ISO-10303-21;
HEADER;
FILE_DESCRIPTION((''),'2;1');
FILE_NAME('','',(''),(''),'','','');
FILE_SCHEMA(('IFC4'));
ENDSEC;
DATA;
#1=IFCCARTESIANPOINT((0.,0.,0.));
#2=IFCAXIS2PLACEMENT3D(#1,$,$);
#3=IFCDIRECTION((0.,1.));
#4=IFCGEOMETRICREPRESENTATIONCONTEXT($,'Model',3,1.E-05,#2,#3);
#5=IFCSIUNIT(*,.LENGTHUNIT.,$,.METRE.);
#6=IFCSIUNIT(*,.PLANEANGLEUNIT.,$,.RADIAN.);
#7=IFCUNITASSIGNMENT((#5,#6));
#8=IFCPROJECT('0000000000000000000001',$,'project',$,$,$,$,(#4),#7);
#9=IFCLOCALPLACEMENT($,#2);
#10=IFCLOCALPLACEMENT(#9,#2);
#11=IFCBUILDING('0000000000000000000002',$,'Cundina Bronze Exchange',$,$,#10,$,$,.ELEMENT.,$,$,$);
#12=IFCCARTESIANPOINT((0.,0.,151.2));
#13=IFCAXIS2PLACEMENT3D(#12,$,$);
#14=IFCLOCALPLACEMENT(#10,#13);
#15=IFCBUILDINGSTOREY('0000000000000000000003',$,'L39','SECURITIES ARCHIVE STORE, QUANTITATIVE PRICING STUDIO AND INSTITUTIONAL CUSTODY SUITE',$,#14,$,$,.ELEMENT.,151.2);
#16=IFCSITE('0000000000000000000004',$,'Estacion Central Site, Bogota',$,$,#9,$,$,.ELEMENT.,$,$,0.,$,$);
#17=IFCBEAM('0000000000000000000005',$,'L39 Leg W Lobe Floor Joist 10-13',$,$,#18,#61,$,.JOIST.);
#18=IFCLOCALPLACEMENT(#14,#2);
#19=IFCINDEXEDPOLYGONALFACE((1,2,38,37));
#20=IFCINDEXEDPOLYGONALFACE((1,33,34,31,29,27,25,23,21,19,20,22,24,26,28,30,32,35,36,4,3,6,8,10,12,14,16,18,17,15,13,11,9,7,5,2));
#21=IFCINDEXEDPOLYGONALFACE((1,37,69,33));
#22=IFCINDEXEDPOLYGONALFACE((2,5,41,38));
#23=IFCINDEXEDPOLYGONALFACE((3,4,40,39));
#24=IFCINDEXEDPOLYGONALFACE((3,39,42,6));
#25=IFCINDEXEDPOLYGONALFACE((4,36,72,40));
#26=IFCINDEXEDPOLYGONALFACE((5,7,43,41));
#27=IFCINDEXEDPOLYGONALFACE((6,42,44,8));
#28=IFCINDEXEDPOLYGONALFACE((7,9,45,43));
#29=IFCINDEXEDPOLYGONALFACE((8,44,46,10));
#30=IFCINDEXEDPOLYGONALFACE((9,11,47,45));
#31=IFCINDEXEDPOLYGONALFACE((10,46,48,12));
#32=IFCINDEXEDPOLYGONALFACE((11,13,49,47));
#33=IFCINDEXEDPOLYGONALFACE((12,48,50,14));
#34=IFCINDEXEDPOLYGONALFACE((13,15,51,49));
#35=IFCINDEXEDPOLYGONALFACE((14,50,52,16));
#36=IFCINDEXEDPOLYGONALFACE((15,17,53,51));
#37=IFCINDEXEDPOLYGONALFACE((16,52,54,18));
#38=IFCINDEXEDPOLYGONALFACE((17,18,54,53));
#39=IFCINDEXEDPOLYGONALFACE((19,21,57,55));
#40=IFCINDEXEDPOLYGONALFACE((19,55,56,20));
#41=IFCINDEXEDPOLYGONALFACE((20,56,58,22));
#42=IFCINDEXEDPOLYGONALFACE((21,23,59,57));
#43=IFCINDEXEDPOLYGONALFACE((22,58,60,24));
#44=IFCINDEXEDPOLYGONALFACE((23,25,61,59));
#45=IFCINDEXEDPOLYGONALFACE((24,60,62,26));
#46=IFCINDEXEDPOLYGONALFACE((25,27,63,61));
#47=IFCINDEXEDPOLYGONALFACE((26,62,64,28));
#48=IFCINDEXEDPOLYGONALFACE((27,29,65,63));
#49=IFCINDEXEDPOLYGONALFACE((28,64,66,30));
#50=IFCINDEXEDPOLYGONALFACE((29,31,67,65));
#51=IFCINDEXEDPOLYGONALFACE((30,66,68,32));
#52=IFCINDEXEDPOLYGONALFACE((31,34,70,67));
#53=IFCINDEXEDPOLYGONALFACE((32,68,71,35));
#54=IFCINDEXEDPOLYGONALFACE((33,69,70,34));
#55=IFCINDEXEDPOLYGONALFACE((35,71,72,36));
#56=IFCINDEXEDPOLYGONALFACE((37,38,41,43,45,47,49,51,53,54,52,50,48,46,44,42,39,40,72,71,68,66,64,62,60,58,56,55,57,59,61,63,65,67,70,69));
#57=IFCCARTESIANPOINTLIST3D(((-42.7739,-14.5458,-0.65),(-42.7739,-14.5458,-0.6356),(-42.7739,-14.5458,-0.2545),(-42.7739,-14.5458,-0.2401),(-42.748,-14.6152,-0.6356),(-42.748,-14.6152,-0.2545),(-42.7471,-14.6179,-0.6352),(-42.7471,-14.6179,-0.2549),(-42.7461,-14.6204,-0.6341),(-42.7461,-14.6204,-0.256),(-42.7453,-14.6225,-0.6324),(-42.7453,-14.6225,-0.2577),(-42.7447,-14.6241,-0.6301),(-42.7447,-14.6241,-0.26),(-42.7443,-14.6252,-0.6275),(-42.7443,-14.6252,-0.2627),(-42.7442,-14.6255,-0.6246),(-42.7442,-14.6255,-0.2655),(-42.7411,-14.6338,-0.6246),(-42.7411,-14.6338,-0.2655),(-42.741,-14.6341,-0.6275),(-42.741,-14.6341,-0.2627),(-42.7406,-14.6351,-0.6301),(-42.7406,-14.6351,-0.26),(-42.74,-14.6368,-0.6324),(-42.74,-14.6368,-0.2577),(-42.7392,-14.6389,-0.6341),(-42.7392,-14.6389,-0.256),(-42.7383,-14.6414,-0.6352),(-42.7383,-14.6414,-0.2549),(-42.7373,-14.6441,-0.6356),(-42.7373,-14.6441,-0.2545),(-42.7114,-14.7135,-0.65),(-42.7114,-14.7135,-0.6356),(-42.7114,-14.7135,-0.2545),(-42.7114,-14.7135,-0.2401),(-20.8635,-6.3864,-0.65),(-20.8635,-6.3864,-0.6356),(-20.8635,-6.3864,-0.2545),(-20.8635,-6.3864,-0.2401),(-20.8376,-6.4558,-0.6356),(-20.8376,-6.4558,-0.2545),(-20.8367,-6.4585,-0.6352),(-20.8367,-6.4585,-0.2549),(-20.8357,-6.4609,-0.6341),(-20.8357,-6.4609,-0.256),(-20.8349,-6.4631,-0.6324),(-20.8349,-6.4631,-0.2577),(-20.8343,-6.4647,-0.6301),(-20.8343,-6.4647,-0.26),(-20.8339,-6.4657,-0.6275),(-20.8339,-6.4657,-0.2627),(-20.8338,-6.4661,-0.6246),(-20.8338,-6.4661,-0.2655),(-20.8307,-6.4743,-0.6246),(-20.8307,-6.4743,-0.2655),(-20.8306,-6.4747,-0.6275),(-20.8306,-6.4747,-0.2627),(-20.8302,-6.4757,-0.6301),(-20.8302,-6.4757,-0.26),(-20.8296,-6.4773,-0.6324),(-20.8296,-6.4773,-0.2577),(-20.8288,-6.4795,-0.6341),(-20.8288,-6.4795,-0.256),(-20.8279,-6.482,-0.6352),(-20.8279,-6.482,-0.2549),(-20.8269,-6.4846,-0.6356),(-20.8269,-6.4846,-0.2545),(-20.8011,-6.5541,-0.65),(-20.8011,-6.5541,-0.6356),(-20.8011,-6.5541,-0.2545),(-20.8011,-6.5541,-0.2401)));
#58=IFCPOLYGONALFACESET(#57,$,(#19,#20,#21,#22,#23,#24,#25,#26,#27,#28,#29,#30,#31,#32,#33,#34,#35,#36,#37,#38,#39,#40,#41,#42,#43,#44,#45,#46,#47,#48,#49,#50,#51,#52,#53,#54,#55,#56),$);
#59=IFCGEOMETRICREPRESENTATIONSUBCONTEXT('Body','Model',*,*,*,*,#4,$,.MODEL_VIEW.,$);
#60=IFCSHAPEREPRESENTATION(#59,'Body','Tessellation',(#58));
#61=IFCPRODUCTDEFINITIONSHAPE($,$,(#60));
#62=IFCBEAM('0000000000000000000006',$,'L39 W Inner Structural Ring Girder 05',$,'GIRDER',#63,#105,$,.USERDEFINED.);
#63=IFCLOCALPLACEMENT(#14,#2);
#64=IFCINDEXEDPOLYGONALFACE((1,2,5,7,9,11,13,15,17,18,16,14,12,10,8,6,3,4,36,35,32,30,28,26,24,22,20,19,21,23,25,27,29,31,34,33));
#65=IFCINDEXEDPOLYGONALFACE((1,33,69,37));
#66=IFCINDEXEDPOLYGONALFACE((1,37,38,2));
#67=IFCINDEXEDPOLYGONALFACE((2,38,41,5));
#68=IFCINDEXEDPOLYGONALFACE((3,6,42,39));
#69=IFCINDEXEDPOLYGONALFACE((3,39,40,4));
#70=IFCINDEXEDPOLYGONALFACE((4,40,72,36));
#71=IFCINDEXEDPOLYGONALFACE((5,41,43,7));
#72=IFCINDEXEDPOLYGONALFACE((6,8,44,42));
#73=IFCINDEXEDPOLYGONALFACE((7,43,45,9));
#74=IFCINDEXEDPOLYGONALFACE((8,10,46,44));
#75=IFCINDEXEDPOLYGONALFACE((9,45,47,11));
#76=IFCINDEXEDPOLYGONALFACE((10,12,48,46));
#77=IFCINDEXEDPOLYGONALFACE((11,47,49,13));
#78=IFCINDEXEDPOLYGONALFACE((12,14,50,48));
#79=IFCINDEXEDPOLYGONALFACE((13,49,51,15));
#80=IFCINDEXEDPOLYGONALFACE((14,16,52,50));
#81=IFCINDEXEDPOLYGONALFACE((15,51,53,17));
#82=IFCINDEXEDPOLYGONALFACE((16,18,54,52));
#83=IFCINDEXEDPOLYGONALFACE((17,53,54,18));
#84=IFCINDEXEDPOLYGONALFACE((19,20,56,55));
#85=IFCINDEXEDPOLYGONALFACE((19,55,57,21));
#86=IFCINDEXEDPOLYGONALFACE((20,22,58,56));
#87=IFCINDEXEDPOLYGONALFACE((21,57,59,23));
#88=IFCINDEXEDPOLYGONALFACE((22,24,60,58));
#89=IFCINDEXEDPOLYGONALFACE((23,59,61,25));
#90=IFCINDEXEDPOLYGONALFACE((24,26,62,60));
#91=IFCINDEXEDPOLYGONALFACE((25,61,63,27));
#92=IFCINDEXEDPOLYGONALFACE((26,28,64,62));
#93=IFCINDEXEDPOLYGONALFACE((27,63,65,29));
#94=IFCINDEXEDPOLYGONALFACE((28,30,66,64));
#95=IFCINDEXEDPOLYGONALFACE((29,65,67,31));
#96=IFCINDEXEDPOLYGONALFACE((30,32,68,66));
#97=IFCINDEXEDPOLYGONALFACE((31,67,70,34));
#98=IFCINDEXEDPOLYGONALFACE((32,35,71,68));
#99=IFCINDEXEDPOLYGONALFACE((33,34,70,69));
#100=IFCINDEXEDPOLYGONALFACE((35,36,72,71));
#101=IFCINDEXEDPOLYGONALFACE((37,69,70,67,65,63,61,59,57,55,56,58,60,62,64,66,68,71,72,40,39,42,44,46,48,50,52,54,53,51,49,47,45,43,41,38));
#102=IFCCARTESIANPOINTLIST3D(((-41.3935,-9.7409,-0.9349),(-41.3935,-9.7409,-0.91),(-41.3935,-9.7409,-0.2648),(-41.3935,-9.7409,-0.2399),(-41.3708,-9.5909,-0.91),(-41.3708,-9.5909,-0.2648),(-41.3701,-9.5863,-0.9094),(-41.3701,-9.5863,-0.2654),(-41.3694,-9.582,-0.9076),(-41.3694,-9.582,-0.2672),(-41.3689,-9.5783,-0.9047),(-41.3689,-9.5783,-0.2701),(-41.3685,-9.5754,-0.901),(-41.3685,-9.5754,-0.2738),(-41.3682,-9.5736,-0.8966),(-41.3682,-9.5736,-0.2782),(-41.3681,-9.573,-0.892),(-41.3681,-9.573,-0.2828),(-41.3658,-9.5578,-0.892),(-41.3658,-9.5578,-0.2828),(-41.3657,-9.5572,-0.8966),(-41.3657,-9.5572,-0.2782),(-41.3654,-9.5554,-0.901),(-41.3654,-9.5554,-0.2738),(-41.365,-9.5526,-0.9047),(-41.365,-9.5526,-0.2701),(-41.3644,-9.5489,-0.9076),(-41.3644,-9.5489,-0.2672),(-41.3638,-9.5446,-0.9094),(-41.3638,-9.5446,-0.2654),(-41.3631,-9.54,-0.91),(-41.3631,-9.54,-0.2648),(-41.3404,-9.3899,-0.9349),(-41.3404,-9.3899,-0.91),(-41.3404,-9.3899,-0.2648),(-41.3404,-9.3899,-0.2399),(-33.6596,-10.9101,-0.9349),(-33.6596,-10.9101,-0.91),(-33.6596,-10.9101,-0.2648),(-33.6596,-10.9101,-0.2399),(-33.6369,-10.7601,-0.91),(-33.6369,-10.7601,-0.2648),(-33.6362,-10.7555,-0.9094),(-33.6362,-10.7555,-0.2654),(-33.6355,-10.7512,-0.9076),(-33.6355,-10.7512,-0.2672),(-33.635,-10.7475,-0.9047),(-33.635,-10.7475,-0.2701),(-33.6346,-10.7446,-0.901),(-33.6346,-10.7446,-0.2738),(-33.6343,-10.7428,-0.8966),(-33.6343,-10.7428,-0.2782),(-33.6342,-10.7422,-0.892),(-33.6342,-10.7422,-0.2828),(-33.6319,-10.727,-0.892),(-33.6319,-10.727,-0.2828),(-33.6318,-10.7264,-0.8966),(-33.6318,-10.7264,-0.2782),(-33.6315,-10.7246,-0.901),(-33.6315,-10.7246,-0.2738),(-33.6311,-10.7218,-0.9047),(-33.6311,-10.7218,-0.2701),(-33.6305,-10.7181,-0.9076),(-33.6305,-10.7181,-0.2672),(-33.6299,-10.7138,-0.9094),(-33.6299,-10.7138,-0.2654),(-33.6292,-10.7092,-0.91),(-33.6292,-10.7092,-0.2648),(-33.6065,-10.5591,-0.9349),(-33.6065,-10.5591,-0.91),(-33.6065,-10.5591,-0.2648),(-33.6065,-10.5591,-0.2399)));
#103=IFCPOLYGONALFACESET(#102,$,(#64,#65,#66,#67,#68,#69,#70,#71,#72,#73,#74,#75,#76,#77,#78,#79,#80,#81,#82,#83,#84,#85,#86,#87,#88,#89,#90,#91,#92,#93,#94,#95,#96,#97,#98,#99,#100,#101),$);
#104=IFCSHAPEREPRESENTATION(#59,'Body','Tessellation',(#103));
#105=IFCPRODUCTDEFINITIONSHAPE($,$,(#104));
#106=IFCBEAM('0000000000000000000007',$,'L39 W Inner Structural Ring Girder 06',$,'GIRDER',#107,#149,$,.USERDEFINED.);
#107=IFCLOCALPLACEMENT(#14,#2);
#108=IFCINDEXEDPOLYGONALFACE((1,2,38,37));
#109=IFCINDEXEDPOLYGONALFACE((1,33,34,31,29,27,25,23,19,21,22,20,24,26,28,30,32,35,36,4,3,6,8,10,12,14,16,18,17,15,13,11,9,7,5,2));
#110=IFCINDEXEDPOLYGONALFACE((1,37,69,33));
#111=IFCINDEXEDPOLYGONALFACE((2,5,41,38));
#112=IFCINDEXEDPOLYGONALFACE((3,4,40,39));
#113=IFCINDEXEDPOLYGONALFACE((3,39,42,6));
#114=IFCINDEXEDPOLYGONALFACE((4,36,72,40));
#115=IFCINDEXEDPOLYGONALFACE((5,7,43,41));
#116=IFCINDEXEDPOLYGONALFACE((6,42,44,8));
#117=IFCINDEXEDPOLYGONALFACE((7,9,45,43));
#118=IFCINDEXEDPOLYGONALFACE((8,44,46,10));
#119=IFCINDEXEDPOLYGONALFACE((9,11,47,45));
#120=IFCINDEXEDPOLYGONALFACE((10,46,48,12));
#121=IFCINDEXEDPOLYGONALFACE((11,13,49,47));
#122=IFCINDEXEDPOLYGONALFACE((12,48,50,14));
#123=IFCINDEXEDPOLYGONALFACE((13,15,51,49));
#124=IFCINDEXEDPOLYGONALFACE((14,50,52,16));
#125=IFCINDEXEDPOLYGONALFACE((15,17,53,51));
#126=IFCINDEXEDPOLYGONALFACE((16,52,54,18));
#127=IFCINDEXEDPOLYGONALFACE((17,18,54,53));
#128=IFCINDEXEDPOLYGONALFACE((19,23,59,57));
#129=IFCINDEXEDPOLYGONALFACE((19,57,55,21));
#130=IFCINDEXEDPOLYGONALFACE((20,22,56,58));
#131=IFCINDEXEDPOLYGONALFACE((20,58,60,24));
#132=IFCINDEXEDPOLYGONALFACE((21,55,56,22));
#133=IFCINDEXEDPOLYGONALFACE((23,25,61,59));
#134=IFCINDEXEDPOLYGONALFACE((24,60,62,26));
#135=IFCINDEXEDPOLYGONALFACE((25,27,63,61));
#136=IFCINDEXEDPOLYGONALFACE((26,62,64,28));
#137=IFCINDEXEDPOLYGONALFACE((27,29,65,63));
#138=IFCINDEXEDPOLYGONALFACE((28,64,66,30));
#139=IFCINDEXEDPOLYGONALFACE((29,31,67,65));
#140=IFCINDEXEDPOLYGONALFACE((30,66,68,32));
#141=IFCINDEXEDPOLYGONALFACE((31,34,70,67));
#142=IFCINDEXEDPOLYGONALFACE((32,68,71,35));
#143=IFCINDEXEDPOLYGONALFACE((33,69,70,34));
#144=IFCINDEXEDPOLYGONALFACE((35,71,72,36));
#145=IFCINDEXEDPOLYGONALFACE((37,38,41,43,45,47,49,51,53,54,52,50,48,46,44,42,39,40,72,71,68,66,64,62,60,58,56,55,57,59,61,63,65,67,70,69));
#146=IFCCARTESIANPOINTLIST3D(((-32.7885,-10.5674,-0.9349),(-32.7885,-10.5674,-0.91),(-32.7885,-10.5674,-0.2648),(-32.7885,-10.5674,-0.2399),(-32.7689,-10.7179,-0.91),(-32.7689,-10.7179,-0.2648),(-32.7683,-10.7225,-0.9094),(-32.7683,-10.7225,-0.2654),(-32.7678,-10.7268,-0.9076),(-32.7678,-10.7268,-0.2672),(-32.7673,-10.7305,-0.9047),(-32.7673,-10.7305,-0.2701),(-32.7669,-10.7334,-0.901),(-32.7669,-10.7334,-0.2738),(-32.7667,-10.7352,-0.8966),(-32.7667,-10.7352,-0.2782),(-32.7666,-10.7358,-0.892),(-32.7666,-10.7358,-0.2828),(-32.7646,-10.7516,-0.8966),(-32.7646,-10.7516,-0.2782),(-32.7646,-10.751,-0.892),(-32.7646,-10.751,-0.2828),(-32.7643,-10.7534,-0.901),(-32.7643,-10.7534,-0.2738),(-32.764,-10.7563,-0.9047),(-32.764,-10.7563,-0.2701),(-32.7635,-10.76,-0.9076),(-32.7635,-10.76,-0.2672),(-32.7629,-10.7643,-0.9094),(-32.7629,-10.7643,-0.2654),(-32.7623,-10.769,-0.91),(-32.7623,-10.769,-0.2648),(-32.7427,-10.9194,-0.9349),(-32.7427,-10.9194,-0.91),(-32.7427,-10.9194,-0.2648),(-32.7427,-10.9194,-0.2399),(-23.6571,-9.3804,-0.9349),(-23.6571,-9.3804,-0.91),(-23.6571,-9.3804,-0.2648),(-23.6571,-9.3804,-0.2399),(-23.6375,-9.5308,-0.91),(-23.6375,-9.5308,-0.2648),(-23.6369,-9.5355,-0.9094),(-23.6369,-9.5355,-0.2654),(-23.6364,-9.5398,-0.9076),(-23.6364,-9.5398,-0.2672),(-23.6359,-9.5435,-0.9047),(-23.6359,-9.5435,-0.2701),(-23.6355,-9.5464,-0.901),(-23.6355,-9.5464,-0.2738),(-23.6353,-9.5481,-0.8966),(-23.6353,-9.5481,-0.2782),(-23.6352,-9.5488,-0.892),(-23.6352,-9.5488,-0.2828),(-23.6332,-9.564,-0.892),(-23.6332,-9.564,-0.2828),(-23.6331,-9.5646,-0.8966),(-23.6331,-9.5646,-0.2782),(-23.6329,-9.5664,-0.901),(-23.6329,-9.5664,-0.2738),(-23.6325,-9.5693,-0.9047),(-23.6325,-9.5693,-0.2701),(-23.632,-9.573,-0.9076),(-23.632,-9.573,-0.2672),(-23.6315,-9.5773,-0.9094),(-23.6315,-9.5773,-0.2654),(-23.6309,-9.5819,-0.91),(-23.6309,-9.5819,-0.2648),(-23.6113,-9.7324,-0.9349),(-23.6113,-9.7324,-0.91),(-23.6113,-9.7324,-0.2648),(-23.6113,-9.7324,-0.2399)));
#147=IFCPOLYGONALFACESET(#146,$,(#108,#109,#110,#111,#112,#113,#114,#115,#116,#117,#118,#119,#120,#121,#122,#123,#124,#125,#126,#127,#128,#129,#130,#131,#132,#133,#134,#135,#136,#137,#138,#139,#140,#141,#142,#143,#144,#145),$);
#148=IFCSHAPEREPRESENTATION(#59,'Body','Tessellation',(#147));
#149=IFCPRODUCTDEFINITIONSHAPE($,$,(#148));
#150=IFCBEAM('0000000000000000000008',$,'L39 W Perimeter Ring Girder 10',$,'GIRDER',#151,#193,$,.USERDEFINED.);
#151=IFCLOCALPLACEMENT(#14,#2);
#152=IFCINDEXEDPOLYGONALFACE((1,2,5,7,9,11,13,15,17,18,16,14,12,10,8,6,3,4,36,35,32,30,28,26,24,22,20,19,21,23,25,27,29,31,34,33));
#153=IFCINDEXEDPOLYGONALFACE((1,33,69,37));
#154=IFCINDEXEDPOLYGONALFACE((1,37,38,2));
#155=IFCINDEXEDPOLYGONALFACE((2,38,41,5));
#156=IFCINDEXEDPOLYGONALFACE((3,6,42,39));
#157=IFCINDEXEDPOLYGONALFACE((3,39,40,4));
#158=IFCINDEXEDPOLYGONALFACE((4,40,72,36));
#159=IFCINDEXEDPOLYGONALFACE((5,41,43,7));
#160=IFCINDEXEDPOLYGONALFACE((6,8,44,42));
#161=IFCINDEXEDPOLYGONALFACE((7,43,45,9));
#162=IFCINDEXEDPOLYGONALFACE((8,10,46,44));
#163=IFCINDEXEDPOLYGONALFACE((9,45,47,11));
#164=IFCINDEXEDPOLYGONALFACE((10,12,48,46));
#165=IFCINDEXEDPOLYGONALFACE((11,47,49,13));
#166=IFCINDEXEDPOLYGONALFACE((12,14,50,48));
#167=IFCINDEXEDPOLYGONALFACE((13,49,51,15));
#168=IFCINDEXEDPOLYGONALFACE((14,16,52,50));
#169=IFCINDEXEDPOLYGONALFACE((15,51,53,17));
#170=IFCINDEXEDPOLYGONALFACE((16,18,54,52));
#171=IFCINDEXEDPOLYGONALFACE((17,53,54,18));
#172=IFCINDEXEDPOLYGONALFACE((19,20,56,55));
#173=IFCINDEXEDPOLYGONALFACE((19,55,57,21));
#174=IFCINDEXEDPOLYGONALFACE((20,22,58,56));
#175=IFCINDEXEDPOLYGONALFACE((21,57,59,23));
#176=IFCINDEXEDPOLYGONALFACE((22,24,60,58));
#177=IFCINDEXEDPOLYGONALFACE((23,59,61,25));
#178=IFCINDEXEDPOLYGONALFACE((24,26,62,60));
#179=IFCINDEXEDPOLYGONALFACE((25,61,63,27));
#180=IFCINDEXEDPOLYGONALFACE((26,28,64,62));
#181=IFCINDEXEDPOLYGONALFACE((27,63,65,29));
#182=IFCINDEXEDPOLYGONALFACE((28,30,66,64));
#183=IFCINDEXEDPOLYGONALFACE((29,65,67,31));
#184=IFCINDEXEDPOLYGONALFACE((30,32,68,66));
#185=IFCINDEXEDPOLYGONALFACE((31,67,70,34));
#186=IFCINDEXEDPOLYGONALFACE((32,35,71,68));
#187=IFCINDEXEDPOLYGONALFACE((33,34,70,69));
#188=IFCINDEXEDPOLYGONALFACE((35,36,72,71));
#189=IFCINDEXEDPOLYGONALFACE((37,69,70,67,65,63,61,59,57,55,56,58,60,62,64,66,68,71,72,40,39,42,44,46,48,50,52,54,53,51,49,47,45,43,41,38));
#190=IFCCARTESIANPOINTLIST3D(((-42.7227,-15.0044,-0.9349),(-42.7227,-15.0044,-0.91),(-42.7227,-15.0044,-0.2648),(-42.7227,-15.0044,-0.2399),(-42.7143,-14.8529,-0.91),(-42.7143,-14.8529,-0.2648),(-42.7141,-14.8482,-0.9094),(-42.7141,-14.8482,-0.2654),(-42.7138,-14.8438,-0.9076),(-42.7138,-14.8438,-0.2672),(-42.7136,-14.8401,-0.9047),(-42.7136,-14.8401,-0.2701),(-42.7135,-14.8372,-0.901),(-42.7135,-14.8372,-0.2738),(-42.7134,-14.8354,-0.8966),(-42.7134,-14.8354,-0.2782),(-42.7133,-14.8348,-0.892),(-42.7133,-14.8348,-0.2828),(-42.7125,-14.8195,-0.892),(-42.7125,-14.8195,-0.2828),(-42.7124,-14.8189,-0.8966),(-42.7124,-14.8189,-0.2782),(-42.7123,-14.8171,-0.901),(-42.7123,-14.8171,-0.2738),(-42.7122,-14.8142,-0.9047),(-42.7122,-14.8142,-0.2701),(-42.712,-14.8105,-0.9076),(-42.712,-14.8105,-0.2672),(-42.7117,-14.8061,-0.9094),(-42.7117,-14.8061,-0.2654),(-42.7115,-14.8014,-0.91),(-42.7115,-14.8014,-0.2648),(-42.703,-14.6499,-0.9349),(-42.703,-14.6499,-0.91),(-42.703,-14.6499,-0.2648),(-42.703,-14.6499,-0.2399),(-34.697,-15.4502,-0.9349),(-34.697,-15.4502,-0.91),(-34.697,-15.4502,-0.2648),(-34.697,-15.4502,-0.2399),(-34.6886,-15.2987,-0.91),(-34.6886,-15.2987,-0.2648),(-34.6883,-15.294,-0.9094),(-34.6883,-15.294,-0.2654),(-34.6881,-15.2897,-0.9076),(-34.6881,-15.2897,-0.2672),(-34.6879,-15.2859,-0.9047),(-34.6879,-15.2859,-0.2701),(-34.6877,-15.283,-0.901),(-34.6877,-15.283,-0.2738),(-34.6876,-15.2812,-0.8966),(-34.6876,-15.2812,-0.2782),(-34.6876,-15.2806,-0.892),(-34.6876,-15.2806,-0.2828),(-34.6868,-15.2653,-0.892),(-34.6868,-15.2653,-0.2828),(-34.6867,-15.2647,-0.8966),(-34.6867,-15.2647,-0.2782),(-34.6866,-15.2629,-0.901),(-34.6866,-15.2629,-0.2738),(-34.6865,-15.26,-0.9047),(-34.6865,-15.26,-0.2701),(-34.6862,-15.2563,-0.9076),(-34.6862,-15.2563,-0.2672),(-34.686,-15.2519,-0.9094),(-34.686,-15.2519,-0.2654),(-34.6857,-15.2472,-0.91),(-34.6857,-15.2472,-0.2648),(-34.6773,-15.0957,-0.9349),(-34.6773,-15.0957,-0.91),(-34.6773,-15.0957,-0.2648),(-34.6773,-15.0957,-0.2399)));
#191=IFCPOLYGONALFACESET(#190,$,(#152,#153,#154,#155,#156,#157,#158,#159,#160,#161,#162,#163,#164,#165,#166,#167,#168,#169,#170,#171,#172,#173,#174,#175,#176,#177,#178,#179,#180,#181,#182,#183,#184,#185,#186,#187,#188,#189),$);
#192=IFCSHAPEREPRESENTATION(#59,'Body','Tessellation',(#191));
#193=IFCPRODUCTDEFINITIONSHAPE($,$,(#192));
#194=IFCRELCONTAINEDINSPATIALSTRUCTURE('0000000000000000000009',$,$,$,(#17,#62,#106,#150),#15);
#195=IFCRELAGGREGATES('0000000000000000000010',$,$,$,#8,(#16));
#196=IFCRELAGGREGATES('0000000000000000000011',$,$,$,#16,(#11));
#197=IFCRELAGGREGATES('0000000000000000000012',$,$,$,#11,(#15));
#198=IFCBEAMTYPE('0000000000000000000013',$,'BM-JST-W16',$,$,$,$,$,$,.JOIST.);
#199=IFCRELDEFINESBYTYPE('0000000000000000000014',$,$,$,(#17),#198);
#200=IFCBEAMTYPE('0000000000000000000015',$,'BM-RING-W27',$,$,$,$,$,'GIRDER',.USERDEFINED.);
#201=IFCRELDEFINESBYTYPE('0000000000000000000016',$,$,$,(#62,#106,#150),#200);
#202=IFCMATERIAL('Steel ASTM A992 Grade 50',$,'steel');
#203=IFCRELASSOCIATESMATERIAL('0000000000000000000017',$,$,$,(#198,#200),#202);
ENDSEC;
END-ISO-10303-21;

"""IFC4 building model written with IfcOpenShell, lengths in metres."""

from ifc_helpers import new_model, si_unit, direction, frame, origin, origin_2d, place, context, subcontext, project, spatial, i_section, extrude, material, material_profile, profile_set, type_object, element, save


model = new_model("IFC4")

# Units and contexts
model_context = context("Model", 3, precision=1e-05, world=origin(), true_north=direction((0.0, 1.0)))
body_context = subcontext(model_context, "Body", "Model", "MODEL_VIEW")
ifc_project = project(units=[si_unit("LENGTHUNIT", "METRE"), si_unit("PLANEANGLEUNIT", "RADIAN")], contexts=[model_context])

# Site, building, storey
site_placement = place(None, origin())
site = spatial("IfcSite", under=ifc_project, at=site_placement, Name="Estacion Central Site, Bogota", CompositionType="ELEMENT", RefElevation=0.0)
building_placement = place(site_placement, origin())
building = spatial("IfcBuilding", under=site, at=building_placement, Name="Cundina Bronze Exchange", CompositionType="ELEMENT")
storey_placement = place(building_placement, frame((0.0, 0.0, 151.2)))
storey = spatial("IfcBuildingStorey", under=building, at=storey_placement, Name="L39", Description="SECURITIES ARCHIVE STORE, QUANTITATIVE PRICING STUDIO AND INSTITUTIONAL CUSTODY SUITE", CompositionType="ELEMENT", Elevation=151.2)

# Beams
ifc_material_1 = material(Name="Steel ASTM A992 Grade 50", Category="steel")
ifc_material_profile_1 = material_profile(ifc_material_1, i_section(OverallWidth=0.179, OverallDepth=0.4099, WebThickness=0.0088, FlangeThickness=0.0144, FilletRadius=0.011, at=origin_2d()), Name="W16X45", Category="steel")
ifc_profile_set_1 = profile_set([ifc_material_profile_1], Name="Steel ASTM A992 Grade 50")
beam_type_1 = type_object("IfcBeamType", Name="BM-JST-W16", PredefinedType="JOIST", material=ifc_profile_set_1)
beam_1_placement = place(storey_placement, frame((-42.7427, -14.6296, -0.4451), z_axis=(0.937128, 0.348986, 0.0), x_axis=(-0.348986, 0.937128, 0.0)))
element("IfcBeam", 1, at=beam_1_placement, inside=storey, type_object=beam_type_1, Name="L39 Leg W Lobe Floor Joist 10-13", PredefinedType="JOIST", context=body_context, shape_type="SweptSolid", body=[
    extrude(i_section(OverallWidth=0.179, OverallDepth=0.4099, WebThickness=0.0088, FlangeThickness=0.0144, FilletRadius=0.011, at=origin_2d()), origin(), (0.0, 0.0, 1.0), 23.3804),
])
ifc_material_profile_2 = material_profile(ifc_material_1, i_section(OverallWidth=0.355, OverallDepth=0.6951, WebThickness=0.0154, FlangeThickness=0.0249, FilletRadius=0.0181, at=origin_2d()), Name="W27X146", Category="steel")
ifc_profile_set_2 = profile_set([ifc_material_profile_2], Name="Steel ASTM A992 Grade 50")
beam_type_2 = type_object("IfcBeamType", Name="BM-RING-W27", ElementType="GIRDER", PredefinedType="USERDEFINED", material=ifc_profile_set_2)
beam_2_placement = place(storey_placement, frame((-41.3669, -9.5654, -0.5874), z_axis=(0.988765, -0.149479, 0.0), x_axis=(0.149479, 0.988765, 0.0)))
element("IfcBeam", 2, at=beam_2_placement, inside=storey, type_object=beam_type_2, Name="L39 W Inner Structural Ring Girder 05", ObjectType="GIRDER", PredefinedType="USERDEFINED", context=body_context, shape_type="SweptSolid", body=[
    extrude(i_section(OverallWidth=0.355, OverallDepth=0.6951, WebThickness=0.0154, FlangeThickness=0.0249, FilletRadius=0.0181, at=origin_2d()), origin(), (0.0, 0.0, 1.0), 7.8218),
])
beam_3_placement = place(storey_placement, frame((-32.7656, -10.7434, -0.5874), z_axis=(0.991656, 0.128908, 0.0), x_axis=(-0.128908, 0.991656, 0.0)))
element("IfcBeam", 3, at=beam_3_placement, inside=storey, type_object=beam_type_2, Name="L39 W Inner Structural Ring Girder 06", ObjectType="GIRDER", PredefinedType="USERDEFINED", context=body_context, shape_type="SweptSolid", body=[
    extrude(i_section(OverallWidth=0.355, OverallDepth=0.6951, WebThickness=0.0154, FlangeThickness=0.0249, FilletRadius=0.0181, at=origin_2d()), origin(), (0.0, 0.0, 1.0), 9.2083),
])
for number, where, z_axis, x_axis, name in (
    (4, (-42.7129, -14.8271, -0.5874), (0.998461, -0.055462, 0.0), (0.055462, 0.998461, 0.0), "L39 W Perimeter Ring Girder 10"),
):
    element("IfcBeam", number, at=place(storey_placement, frame(where, z_axis=z_axis, x_axis=x_axis)), inside=storey, type_object=beam_type_2, Name=name, ObjectType="GIRDER", PredefinedType="USERDEFINED", context=body_context, shape_type="SweptSolid", body=[
        extrude(i_section(OverallWidth=0.355, OverallDepth=0.6951, WebThickness=0.0154, FlangeThickness=0.0249, FilletRadius=0.0181, at=origin_2d()), origin(), (0.0, 0.0, 1.0), 8.0381),
    ])

save(model, "model.ifc")
